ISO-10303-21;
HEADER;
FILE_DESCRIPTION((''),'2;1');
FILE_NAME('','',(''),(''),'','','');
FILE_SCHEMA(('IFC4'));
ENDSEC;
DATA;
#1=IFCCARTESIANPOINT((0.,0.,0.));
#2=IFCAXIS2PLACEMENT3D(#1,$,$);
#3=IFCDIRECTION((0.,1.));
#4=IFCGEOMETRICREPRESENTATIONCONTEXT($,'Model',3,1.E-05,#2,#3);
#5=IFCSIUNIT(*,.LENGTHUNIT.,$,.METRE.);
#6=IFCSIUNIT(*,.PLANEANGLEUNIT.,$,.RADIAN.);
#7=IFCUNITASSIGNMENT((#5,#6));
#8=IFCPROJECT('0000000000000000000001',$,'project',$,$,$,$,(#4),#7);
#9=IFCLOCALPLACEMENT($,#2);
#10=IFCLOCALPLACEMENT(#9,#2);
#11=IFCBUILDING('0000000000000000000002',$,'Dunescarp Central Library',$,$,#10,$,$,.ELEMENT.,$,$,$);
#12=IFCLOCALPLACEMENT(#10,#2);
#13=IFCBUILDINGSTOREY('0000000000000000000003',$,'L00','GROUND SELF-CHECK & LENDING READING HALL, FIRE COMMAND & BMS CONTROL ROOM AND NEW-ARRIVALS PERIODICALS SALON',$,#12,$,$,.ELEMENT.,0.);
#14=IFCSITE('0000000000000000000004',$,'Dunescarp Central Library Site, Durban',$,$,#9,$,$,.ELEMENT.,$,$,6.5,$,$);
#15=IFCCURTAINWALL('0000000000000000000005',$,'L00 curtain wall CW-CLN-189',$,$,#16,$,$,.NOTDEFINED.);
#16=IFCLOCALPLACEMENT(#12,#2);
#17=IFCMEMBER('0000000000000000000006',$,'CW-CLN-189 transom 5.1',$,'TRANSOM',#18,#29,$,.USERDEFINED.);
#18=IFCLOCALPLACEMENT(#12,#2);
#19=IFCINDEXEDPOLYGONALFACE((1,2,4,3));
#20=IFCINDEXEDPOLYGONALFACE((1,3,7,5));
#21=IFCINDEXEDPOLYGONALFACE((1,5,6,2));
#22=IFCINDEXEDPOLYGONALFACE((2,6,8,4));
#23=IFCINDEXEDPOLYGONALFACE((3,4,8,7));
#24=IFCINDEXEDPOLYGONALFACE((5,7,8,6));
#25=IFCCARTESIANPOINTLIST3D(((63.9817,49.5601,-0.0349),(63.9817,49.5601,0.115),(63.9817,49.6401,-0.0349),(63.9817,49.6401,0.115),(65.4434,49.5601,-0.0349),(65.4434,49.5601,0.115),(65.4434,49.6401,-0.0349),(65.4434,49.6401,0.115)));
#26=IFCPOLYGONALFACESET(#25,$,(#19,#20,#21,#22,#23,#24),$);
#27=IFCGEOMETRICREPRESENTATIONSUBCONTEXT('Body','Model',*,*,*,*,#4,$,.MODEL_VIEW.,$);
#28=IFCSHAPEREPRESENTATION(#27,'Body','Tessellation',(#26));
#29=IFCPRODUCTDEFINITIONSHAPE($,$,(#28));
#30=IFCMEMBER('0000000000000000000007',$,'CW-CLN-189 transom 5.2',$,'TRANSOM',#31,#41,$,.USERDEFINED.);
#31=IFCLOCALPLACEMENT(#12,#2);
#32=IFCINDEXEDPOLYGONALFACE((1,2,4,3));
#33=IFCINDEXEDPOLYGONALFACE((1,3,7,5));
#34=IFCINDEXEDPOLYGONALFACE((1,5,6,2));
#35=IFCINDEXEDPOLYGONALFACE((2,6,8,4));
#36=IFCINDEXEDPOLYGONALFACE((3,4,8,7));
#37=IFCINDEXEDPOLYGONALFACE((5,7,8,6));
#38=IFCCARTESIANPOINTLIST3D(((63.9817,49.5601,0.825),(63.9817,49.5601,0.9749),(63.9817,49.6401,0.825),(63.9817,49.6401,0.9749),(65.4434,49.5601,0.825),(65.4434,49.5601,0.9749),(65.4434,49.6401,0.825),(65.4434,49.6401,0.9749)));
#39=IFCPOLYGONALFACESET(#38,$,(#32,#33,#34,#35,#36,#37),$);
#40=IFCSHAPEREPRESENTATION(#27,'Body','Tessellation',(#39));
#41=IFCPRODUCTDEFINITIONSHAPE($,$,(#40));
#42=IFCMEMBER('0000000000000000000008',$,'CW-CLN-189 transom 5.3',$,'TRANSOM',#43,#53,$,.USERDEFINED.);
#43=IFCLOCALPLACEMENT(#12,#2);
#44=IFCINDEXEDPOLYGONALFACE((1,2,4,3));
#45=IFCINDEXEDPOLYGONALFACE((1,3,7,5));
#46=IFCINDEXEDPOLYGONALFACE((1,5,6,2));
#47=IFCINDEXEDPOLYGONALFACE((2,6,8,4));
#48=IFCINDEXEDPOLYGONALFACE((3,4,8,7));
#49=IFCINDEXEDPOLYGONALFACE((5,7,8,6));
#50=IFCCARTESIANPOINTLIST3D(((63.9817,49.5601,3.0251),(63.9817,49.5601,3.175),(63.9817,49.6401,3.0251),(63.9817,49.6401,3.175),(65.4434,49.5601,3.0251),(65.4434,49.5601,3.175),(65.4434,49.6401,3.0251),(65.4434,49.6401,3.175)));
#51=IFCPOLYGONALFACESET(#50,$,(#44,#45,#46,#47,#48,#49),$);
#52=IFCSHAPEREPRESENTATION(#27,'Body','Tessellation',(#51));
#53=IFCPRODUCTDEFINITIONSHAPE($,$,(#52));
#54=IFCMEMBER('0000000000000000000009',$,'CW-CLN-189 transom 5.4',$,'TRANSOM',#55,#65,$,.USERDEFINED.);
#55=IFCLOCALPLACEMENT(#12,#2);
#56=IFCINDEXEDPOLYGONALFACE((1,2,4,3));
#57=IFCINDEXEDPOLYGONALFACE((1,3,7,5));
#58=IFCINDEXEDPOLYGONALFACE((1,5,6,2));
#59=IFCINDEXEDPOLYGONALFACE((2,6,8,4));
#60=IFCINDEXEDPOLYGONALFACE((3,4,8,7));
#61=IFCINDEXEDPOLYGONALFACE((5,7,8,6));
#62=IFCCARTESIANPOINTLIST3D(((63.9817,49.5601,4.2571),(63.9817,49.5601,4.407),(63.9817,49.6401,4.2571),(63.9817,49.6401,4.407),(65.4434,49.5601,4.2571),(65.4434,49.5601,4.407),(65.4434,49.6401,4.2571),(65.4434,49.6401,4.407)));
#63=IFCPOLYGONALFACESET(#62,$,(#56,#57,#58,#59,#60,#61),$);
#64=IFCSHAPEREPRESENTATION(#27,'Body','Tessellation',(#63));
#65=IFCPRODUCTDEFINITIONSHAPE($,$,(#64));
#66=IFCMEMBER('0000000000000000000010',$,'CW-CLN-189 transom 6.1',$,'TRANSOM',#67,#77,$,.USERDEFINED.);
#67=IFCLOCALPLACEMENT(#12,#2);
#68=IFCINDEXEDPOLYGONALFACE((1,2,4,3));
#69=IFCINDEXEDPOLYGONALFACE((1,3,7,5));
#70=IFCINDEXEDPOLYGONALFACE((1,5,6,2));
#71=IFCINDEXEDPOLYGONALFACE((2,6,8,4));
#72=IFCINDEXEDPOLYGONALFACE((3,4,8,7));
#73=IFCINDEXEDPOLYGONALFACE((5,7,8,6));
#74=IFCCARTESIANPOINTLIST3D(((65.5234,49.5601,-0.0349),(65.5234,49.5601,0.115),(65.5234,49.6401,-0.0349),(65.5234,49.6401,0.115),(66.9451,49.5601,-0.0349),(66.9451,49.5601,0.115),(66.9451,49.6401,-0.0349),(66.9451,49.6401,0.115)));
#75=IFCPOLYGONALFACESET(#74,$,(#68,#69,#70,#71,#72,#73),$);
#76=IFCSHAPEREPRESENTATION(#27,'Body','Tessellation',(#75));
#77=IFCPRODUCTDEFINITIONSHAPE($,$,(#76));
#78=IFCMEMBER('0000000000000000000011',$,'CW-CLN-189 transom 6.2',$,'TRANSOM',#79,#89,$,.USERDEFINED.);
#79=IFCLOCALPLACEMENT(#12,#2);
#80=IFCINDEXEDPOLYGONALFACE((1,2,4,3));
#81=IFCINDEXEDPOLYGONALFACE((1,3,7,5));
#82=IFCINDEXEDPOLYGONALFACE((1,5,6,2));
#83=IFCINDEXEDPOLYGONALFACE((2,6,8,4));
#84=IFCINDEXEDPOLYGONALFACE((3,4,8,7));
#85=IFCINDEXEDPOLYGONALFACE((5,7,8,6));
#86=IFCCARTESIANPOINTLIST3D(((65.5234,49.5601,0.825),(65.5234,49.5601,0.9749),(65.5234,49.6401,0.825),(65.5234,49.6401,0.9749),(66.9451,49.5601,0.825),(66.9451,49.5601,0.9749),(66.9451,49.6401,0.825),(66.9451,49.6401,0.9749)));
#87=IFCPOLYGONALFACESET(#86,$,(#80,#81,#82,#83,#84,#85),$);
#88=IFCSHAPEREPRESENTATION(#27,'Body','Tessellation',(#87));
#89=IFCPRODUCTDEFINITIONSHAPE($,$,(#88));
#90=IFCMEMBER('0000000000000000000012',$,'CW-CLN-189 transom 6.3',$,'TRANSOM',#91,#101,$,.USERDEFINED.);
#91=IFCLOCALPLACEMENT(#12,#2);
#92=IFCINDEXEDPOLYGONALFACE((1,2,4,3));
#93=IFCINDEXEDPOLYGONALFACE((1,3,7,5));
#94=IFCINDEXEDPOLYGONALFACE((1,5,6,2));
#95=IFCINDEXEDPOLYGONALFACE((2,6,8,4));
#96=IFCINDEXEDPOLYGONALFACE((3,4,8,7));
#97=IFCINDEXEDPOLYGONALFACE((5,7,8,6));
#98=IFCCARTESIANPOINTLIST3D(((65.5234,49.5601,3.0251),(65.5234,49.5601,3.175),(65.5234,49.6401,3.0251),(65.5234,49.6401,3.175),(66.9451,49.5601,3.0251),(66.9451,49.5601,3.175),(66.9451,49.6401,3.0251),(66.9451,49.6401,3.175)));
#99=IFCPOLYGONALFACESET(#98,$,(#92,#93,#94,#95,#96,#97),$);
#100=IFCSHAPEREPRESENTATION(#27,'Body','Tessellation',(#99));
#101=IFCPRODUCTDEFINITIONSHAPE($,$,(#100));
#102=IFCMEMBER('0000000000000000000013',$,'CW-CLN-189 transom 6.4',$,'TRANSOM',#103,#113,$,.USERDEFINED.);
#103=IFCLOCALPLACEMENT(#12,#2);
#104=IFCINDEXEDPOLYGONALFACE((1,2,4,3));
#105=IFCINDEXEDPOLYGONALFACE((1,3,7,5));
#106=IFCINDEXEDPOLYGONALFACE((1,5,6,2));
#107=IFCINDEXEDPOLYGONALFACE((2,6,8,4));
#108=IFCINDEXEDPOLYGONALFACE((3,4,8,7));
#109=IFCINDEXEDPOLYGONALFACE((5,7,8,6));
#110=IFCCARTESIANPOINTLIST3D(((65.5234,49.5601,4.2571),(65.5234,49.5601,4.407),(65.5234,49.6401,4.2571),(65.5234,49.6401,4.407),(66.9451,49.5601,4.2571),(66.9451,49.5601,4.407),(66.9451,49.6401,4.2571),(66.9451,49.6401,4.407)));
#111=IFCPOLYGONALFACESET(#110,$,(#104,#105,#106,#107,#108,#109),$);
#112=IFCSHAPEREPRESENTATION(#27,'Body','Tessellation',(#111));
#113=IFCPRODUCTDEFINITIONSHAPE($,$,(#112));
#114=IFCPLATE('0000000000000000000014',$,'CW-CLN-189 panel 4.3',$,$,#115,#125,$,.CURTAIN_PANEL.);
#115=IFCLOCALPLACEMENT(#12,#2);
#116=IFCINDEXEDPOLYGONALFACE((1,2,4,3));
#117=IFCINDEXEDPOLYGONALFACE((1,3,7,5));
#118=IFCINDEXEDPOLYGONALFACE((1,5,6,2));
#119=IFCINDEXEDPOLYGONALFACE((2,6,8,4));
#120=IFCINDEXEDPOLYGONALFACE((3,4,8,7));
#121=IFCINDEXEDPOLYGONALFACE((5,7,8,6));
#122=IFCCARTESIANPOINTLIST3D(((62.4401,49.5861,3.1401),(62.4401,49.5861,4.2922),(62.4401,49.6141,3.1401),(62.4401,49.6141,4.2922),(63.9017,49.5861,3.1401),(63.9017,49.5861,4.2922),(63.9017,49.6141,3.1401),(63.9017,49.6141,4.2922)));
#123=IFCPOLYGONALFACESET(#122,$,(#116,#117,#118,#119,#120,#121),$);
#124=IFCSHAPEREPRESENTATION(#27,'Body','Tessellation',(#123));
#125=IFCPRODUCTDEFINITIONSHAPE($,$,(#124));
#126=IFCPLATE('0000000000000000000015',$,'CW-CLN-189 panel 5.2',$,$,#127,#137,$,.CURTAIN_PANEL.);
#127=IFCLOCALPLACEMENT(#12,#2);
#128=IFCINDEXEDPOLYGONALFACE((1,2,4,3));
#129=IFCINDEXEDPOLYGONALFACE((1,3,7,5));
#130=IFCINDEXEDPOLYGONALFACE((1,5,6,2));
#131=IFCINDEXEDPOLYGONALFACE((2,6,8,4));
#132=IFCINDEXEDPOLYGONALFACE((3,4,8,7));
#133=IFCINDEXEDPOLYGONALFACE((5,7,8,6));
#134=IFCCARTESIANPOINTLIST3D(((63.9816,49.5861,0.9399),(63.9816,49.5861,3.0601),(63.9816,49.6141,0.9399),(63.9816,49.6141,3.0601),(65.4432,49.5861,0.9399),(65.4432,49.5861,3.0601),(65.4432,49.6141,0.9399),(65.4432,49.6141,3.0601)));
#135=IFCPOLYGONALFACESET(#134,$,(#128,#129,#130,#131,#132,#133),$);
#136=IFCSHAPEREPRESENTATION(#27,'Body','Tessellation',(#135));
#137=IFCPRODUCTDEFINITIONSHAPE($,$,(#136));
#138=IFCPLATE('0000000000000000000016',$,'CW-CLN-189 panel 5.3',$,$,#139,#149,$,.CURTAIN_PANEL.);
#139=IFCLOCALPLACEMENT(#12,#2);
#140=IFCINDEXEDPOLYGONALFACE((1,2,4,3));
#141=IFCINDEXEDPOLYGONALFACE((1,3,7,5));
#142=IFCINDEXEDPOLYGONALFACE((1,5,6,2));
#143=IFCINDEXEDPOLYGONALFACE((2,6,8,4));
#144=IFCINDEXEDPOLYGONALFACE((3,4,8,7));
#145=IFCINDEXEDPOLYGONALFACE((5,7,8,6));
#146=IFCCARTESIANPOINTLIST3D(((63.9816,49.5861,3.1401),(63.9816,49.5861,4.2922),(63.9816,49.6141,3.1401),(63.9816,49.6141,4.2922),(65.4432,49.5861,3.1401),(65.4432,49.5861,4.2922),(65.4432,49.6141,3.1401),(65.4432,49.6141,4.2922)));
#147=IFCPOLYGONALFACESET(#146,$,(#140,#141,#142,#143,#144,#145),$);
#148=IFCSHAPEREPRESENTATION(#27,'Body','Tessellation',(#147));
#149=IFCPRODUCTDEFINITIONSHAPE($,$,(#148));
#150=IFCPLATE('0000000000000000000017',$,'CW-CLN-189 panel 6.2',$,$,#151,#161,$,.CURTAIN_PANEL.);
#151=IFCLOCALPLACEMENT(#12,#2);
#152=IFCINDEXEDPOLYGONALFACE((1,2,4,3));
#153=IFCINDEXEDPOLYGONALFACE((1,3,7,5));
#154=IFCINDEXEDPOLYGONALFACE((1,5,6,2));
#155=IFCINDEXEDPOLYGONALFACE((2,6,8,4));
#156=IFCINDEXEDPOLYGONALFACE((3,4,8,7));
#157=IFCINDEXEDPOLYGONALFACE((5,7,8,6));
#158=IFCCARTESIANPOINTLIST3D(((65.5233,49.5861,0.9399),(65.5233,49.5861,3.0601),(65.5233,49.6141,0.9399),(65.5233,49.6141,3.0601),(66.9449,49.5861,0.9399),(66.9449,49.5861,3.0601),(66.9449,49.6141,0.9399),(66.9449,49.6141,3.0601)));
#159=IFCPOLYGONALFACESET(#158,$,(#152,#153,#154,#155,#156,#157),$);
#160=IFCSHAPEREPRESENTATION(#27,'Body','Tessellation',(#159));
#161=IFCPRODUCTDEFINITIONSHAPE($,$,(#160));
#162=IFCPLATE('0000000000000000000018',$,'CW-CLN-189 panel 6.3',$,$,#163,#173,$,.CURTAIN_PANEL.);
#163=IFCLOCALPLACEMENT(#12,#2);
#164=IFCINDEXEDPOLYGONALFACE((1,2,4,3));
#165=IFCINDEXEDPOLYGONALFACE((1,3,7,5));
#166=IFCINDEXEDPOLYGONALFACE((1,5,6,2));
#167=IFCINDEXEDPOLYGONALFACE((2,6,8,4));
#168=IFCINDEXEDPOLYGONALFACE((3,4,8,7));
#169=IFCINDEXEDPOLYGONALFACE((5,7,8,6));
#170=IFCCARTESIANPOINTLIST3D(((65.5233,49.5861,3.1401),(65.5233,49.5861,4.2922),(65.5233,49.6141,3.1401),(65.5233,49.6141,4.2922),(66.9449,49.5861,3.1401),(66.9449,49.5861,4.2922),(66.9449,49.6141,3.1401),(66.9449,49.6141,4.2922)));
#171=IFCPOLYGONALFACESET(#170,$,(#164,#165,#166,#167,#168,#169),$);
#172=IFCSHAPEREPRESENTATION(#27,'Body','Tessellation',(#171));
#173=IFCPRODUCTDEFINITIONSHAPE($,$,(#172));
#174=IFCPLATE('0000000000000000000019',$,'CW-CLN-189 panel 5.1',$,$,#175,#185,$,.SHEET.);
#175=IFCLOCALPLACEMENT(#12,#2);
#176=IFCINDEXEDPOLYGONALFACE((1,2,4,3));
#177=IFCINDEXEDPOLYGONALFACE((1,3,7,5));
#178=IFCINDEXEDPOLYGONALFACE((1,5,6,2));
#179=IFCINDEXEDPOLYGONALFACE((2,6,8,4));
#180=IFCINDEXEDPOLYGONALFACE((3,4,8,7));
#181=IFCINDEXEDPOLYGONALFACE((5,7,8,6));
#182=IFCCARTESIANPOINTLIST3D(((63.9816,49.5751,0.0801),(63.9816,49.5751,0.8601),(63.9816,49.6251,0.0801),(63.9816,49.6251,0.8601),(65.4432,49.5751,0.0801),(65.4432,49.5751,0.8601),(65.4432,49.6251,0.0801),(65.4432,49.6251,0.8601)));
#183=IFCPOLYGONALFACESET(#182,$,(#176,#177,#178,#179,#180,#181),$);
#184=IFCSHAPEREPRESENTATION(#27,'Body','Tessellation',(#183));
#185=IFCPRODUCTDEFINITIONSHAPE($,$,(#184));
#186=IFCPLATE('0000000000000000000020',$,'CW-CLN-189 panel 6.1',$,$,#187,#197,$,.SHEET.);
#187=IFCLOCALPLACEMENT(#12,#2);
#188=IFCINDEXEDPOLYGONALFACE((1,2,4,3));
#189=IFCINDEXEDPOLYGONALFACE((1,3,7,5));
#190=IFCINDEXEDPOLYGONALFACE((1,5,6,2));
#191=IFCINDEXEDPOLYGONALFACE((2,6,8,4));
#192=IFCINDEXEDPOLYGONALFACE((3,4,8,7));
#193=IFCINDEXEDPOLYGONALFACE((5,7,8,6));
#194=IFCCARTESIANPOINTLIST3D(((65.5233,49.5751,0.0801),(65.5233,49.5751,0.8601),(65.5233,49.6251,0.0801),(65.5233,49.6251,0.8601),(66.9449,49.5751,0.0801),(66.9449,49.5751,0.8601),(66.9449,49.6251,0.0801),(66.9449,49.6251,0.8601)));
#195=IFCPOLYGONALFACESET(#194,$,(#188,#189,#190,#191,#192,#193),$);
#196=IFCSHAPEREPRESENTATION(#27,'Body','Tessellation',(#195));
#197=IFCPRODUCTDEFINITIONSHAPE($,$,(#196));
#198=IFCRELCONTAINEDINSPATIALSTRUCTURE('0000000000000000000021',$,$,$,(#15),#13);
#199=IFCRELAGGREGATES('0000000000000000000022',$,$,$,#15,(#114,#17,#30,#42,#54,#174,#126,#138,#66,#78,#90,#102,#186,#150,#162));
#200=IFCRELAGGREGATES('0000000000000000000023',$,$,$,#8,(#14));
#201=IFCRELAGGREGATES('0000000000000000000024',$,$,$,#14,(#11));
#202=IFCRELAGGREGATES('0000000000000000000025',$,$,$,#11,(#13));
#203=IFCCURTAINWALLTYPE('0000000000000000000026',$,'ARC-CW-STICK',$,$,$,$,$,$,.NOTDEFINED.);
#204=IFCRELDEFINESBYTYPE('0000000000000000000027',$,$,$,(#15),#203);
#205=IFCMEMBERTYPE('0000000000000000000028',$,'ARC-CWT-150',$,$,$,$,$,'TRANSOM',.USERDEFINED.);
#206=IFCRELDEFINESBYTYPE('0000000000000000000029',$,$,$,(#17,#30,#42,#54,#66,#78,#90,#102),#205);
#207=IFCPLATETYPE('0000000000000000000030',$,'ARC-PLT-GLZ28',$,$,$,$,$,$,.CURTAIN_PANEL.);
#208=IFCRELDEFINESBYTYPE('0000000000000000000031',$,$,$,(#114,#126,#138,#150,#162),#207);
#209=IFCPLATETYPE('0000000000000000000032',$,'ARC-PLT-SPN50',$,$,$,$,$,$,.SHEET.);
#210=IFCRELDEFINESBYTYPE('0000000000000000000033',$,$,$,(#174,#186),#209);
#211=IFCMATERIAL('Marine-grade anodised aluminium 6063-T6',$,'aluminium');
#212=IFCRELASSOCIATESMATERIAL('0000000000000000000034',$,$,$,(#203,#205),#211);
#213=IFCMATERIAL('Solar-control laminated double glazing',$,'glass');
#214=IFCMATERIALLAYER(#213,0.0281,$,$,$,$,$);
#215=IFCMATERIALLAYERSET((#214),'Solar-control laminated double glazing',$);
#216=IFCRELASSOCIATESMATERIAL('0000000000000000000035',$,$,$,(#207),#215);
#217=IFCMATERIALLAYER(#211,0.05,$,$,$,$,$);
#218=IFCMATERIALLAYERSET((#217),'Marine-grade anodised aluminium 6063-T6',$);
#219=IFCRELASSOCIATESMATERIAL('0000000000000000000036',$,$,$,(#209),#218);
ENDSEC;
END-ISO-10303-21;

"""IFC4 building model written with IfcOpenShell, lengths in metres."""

from ifc_helpers import new_model, si_unit, direction, frame, origin, origin_2d, place, context, subcontext, project, spatial, rectangle, extrude, material, layer, layer_set, material_profile, profile_set, type_object, element, aggregate, save


model = new_model("IFC4")

# Units and contexts
model_context = context("Model", 3, precision=1e-05, world=origin(), true_north=direction((0.0, 1.0)))
body_context = subcontext(model_context, "Body", "Model", "MODEL_VIEW")
ifc_project = project(units=[si_unit("LENGTHUNIT", "METRE"), si_unit("PLANEANGLEUNIT", "RADIAN")], contexts=[model_context])

# Site, building, storey
site_placement = place(None, origin())
site = spatial("IfcSite", under=ifc_project, at=site_placement, Name="Dunescarp Central Library Site, Durban", CompositionType="ELEMENT", RefElevation=6.5)
building_placement = place(site_placement, origin())
building = spatial("IfcBuilding", under=site, at=building_placement, Name="Dunescarp Central Library", CompositionType="ELEMENT")
storey_placement = place(building_placement, origin())
storey = spatial("IfcBuildingStorey", under=building, at=storey_placement, Name="L00", Description="GROUND SELF-CHECK & LENDING READING HALL, FIRE COMMAND & BMS CONTROL ROOM AND NEW-ARRIVALS PERIODICALS SALON", CompositionType="ELEMENT", Elevation=0.0)

# Curtain wall, members, plates
ifc_material_1 = material(Name="Marine-grade anodised aluminium 6063-T6", Category="aluminium")
curtain_wall_type = type_object("IfcCurtainWallType", Name="ARC-CW-STICK", PredefinedType="NOTDEFINED", material=ifc_material_1)
curtain_wall_placement = place(storey_placement, origin())
curtain_wall = element("IfcCurtainWall", 1, at=curtain_wall_placement, inside=storey, type_object=curtain_wall_type, Name="L00 curtain wall CW-CLN-189", PredefinedType="NOTDEFINED")
ifc_material_profile_1 = material_profile(ifc_material_1, rectangle(XDim=0.0801, YDim=0.1499, at=origin_2d()), Name="AL 80x150")
ifc_profile_set_1 = profile_set([ifc_material_profile_1], Name="Marine-grade anodised aluminium 6063-T6")
member_type_1 = type_object("IfcMemberType", Name="ARC-CWT-150", ElementType="TRANSOM", PredefinedType="USERDEFINED", material=ifc_profile_set_1)
member_1_placement = place(storey_placement, frame((63.9817, 49.6001, 0.04), z_axis=(1.0, 0.0, 0.0), x_axis=(0.0, 1.0, 0.0)))
member_1 = element("IfcMember", 2, at=member_1_placement, type_object=member_type_1, Name="CW-CLN-189 transom 5.1", ObjectType="TRANSOM", PredefinedType="USERDEFINED", context=body_context, shape_type="SweptSolid", body=[
    extrude(rectangle(XDim=0.0801, YDim=0.1499, at=origin_2d()), origin(), (0.0, 0.0, 1.0), 1.4617),
])
member_2_placement = place(storey_placement, frame((63.9817, 49.6001, 0.8999), z_axis=(1.0, 0.0, 0.0), x_axis=(0.0, 1.0, 0.0)))
member_2 = element("IfcMember", 3, at=member_2_placement, type_object=member_type_1, Name="CW-CLN-189 transom 5.2", ObjectType="TRANSOM", PredefinedType="USERDEFINED", context=body_context, shape_type="SweptSolid", body=[
    extrude(rectangle(XDim=0.0801, YDim=0.1499, at=origin_2d()), origin(), (0.0, 0.0, 1.0), 1.4617),
])
member_3_placement = place(storey_placement, frame((63.9817, 49.6001, 3.1001), z_axis=(1.0, 0.0, 0.0), x_axis=(0.0, 1.0, 0.0)))
member_3 = element("IfcMember", 4, at=member_3_placement, type_object=member_type_1, Name="CW-CLN-189 transom 5.3", ObjectType="TRANSOM", PredefinedType="USERDEFINED", context=body_context, shape_type="SweptSolid", body=[
    extrude(rectangle(XDim=0.0801, YDim=0.1499, at=origin_2d()), origin(), (0.0, 0.0, 1.0), 1.4617),
])
member_4_placement = place(storey_placement, frame((63.9817, 49.6001, 4.332), z_axis=(1.0, 0.0, 0.0), x_axis=(0.0, 1.0, 0.0)))
member_4 = element("IfcMember", 5, at=member_4_placement, type_object=member_type_1, Name="CW-CLN-189 transom 5.4", ObjectType="TRANSOM", PredefinedType="USERDEFINED", context=body_context, shape_type="SweptSolid", body=[
    extrude(rectangle(XDim=0.0801, YDim=0.1499, at=origin_2d()), origin(), (0.0, 0.0, 1.0), 1.4617),
])
member_5_placement = place(storey_placement, frame((65.5234, 49.6001, 0.04), z_axis=(1.0, 0.0, 0.0), x_axis=(0.0, 1.0, 0.0)))
member_5 = element("IfcMember", 6, at=member_5_placement, type_object=member_type_1, Name="CW-CLN-189 transom 6.1", ObjectType="TRANSOM", PredefinedType="USERDEFINED", context=body_context, shape_type="SweptSolid", body=[
    extrude(rectangle(XDim=0.0801, YDim=0.1499, at=origin_2d()), origin(), (0.0, 0.0, 1.0), 1.4216),
])
member_6_placement = place(storey_placement, frame((65.5234, 49.6001, 0.8999), z_axis=(1.0, 0.0, 0.0), x_axis=(0.0, 1.0, 0.0)))
member_6 = element("IfcMember", 7, at=member_6_placement, type_object=member_type_1, Name="CW-CLN-189 transom 6.2", ObjectType="TRANSOM", PredefinedType="USERDEFINED", context=body_context, shape_type="SweptSolid", body=[
    extrude(rectangle(XDim=0.0801, YDim=0.1499, at=origin_2d()), origin(), (0.0, 0.0, 1.0), 1.4216),
])
member_7_placement = place(storey_placement, frame((65.5234, 49.6001, 3.1001), z_axis=(1.0, 0.0, 0.0), x_axis=(0.0, 1.0, 0.0)))
member_7 = element("IfcMember", 8, at=member_7_placement, type_object=member_type_1, Name="CW-CLN-189 transom 6.3", ObjectType="TRANSOM", PredefinedType="USERDEFINED", context=body_context, shape_type="SweptSolid", body=[
    extrude(rectangle(XDim=0.0801, YDim=0.1499, at=origin_2d()), origin(), (0.0, 0.0, 1.0), 1.4216),
])
member_8_placement = place(storey_placement, frame((65.5234, 49.6001, 4.332), z_axis=(1.0, 0.0, 0.0), x_axis=(0.0, 1.0, 0.0)))
member_8 = element("IfcMember", 9, at=member_8_placement, type_object=member_type_1, Name="CW-CLN-189 transom 6.4", ObjectType="TRANSOM", PredefinedType="USERDEFINED", context=body_context, shape_type="SweptSolid", body=[
    extrude(rectangle(XDim=0.0801, YDim=0.1499, at=origin_2d()), origin(), (0.0, 0.0, 1.0), 1.4216),
])
ifc_material_2 = material(Name="Solar-control laminated double glazing", Category="glass")
ifc_layer_1 = layer(ifc_material_2, 0.0281)
ifc_layer_set_1 = layer_set([ifc_layer_1], Name="Solar-control laminated double glazing")
plate_type_1 = type_object("IfcPlateType", Name="ARC-PLT-GLZ28", PredefinedType="CURTAIN_PANEL", material=ifc_layer_set_1)
plate_1_placement = place(storey_placement, frame((63.1709, 49.6001, 3.1401), z_axis=(0.0, 0.0, 1.0), x_axis=(1.0, 0.0, 0.0)))
plate_1 = element("IfcPlate", 10, at=plate_1_placement, type_object=plate_type_1, Name="CW-CLN-189 panel 4.3", PredefinedType="CURTAIN_PANEL", context=body_context, shape_type="SweptSolid", body=[
    extrude(rectangle(XDim=1.4617, YDim=0.0281, at=origin_2d()), origin(), (0.0, 0.0, 1.0), 1.1521),
])
plate_2_placement = place(storey_placement, frame((64.7124, 49.6001, 0.9399), z_axis=(0.0, 0.0, 1.0), x_axis=(1.0, 0.0, 0.0)))
plate_2 = element("IfcPlate", 11, at=plate_2_placement, type_object=plate_type_1, Name="CW-CLN-189 panel 5.2", PredefinedType="CURTAIN_PANEL", context=body_context, shape_type="SweptSolid", body=[
    extrude(rectangle(XDim=1.4617, YDim=0.0281, at=origin_2d()), origin(), (0.0, 0.0, 1.0), 2.1201),
])
plate_3_placement = place(storey_placement, frame((64.7124, 49.6001, 3.1401), z_axis=(0.0, 0.0, 1.0), x_axis=(1.0, 0.0, 0.0)))
plate_3 = element("IfcPlate", 12, at=plate_3_placement, type_object=plate_type_1, Name="CW-CLN-189 panel 5.3", PredefinedType="CURTAIN_PANEL", context=body_context, shape_type="SweptSolid", body=[
    extrude(rectangle(XDim=1.4617, YDim=0.0281, at=origin_2d()), origin(), (0.0, 0.0, 1.0), 1.1521),
])
plate_4_placement = place(storey_placement, frame((66.2341, 49.6001, 0.9399), z_axis=(0.0, 0.0, 1.0), x_axis=(1.0, 0.0, 0.0)))
plate_4 = element("IfcPlate", 13, at=plate_4_placement, type_object=plate_type_1, Name="CW-CLN-189 panel 6.2", PredefinedType="CURTAIN_PANEL", context=body_context, shape_type="SweptSolid", body=[
    extrude(rectangle(XDim=1.4216, YDim=0.0281, at=origin_2d()), origin(), (0.0, 0.0, 1.0), 2.1201),
])
plate_5_placement = place(storey_placement, frame((66.2341, 49.6001, 3.1401), z_axis=(0.0, 0.0, 1.0), x_axis=(1.0, 0.0, 0.0)))
plate_5 = element("IfcPlate", 14, at=plate_5_placement, type_object=plate_type_1, Name="CW-CLN-189 panel 6.3", PredefinedType="CURTAIN_PANEL", context=body_context, shape_type="SweptSolid", body=[
    extrude(rectangle(XDim=1.4216, YDim=0.0281, at=origin_2d()), origin(), (0.0, 0.0, 1.0), 1.1521),
])
ifc_layer_2 = layer(ifc_material_1, 0.05)
ifc_layer_set_2 = layer_set([ifc_layer_2], Name="Marine-grade anodised aluminium 6063-T6")
plate_type_2 = type_object("IfcPlateType", Name="ARC-PLT-SPN50", PredefinedType="SHEET", material=ifc_layer_set_2)
plate_6_placement = place(storey_placement, frame((64.7124, 49.6001, 0.0801), z_axis=(0.0, 0.0, 1.0), x_axis=(1.0, 0.0, 0.0)))
plate_6 = element("IfcPlate", 15, at=plate_6_placement, type_object=plate_type_2, Name="CW-CLN-189 panel 5.1", PredefinedType="SHEET", context=body_context, shape_type="SweptSolid", body=[
    extrude(rectangle(XDim=1.4617, YDim=0.05, at=origin_2d()), origin(), (0.0, 0.0, 1.0), 0.78),
])
plate_7_placement = place(storey_placement, frame((66.2341, 49.6001, 0.0801), z_axis=(0.0, 0.0, 1.0), x_axis=(1.0, 0.0, 0.0)))
plate_7 = element("IfcPlate", 16, at=plate_7_placement, type_object=plate_type_2, Name="CW-CLN-189 panel 6.1", PredefinedType="SHEET", context=body_context, shape_type="SweptSolid", body=[
    extrude(rectangle(XDim=1.4216, YDim=0.05, at=origin_2d()), origin(), (0.0, 0.0, 1.0), 0.78),
])
aggregate(curtain_wall, [plate_1, member_1, member_2, member_3, member_4, plate_6, plate_2, plate_3, member_5, member_6, member_7, member_8, plate_7, plate_4, plate_5])

save(model, "model.ifc")
